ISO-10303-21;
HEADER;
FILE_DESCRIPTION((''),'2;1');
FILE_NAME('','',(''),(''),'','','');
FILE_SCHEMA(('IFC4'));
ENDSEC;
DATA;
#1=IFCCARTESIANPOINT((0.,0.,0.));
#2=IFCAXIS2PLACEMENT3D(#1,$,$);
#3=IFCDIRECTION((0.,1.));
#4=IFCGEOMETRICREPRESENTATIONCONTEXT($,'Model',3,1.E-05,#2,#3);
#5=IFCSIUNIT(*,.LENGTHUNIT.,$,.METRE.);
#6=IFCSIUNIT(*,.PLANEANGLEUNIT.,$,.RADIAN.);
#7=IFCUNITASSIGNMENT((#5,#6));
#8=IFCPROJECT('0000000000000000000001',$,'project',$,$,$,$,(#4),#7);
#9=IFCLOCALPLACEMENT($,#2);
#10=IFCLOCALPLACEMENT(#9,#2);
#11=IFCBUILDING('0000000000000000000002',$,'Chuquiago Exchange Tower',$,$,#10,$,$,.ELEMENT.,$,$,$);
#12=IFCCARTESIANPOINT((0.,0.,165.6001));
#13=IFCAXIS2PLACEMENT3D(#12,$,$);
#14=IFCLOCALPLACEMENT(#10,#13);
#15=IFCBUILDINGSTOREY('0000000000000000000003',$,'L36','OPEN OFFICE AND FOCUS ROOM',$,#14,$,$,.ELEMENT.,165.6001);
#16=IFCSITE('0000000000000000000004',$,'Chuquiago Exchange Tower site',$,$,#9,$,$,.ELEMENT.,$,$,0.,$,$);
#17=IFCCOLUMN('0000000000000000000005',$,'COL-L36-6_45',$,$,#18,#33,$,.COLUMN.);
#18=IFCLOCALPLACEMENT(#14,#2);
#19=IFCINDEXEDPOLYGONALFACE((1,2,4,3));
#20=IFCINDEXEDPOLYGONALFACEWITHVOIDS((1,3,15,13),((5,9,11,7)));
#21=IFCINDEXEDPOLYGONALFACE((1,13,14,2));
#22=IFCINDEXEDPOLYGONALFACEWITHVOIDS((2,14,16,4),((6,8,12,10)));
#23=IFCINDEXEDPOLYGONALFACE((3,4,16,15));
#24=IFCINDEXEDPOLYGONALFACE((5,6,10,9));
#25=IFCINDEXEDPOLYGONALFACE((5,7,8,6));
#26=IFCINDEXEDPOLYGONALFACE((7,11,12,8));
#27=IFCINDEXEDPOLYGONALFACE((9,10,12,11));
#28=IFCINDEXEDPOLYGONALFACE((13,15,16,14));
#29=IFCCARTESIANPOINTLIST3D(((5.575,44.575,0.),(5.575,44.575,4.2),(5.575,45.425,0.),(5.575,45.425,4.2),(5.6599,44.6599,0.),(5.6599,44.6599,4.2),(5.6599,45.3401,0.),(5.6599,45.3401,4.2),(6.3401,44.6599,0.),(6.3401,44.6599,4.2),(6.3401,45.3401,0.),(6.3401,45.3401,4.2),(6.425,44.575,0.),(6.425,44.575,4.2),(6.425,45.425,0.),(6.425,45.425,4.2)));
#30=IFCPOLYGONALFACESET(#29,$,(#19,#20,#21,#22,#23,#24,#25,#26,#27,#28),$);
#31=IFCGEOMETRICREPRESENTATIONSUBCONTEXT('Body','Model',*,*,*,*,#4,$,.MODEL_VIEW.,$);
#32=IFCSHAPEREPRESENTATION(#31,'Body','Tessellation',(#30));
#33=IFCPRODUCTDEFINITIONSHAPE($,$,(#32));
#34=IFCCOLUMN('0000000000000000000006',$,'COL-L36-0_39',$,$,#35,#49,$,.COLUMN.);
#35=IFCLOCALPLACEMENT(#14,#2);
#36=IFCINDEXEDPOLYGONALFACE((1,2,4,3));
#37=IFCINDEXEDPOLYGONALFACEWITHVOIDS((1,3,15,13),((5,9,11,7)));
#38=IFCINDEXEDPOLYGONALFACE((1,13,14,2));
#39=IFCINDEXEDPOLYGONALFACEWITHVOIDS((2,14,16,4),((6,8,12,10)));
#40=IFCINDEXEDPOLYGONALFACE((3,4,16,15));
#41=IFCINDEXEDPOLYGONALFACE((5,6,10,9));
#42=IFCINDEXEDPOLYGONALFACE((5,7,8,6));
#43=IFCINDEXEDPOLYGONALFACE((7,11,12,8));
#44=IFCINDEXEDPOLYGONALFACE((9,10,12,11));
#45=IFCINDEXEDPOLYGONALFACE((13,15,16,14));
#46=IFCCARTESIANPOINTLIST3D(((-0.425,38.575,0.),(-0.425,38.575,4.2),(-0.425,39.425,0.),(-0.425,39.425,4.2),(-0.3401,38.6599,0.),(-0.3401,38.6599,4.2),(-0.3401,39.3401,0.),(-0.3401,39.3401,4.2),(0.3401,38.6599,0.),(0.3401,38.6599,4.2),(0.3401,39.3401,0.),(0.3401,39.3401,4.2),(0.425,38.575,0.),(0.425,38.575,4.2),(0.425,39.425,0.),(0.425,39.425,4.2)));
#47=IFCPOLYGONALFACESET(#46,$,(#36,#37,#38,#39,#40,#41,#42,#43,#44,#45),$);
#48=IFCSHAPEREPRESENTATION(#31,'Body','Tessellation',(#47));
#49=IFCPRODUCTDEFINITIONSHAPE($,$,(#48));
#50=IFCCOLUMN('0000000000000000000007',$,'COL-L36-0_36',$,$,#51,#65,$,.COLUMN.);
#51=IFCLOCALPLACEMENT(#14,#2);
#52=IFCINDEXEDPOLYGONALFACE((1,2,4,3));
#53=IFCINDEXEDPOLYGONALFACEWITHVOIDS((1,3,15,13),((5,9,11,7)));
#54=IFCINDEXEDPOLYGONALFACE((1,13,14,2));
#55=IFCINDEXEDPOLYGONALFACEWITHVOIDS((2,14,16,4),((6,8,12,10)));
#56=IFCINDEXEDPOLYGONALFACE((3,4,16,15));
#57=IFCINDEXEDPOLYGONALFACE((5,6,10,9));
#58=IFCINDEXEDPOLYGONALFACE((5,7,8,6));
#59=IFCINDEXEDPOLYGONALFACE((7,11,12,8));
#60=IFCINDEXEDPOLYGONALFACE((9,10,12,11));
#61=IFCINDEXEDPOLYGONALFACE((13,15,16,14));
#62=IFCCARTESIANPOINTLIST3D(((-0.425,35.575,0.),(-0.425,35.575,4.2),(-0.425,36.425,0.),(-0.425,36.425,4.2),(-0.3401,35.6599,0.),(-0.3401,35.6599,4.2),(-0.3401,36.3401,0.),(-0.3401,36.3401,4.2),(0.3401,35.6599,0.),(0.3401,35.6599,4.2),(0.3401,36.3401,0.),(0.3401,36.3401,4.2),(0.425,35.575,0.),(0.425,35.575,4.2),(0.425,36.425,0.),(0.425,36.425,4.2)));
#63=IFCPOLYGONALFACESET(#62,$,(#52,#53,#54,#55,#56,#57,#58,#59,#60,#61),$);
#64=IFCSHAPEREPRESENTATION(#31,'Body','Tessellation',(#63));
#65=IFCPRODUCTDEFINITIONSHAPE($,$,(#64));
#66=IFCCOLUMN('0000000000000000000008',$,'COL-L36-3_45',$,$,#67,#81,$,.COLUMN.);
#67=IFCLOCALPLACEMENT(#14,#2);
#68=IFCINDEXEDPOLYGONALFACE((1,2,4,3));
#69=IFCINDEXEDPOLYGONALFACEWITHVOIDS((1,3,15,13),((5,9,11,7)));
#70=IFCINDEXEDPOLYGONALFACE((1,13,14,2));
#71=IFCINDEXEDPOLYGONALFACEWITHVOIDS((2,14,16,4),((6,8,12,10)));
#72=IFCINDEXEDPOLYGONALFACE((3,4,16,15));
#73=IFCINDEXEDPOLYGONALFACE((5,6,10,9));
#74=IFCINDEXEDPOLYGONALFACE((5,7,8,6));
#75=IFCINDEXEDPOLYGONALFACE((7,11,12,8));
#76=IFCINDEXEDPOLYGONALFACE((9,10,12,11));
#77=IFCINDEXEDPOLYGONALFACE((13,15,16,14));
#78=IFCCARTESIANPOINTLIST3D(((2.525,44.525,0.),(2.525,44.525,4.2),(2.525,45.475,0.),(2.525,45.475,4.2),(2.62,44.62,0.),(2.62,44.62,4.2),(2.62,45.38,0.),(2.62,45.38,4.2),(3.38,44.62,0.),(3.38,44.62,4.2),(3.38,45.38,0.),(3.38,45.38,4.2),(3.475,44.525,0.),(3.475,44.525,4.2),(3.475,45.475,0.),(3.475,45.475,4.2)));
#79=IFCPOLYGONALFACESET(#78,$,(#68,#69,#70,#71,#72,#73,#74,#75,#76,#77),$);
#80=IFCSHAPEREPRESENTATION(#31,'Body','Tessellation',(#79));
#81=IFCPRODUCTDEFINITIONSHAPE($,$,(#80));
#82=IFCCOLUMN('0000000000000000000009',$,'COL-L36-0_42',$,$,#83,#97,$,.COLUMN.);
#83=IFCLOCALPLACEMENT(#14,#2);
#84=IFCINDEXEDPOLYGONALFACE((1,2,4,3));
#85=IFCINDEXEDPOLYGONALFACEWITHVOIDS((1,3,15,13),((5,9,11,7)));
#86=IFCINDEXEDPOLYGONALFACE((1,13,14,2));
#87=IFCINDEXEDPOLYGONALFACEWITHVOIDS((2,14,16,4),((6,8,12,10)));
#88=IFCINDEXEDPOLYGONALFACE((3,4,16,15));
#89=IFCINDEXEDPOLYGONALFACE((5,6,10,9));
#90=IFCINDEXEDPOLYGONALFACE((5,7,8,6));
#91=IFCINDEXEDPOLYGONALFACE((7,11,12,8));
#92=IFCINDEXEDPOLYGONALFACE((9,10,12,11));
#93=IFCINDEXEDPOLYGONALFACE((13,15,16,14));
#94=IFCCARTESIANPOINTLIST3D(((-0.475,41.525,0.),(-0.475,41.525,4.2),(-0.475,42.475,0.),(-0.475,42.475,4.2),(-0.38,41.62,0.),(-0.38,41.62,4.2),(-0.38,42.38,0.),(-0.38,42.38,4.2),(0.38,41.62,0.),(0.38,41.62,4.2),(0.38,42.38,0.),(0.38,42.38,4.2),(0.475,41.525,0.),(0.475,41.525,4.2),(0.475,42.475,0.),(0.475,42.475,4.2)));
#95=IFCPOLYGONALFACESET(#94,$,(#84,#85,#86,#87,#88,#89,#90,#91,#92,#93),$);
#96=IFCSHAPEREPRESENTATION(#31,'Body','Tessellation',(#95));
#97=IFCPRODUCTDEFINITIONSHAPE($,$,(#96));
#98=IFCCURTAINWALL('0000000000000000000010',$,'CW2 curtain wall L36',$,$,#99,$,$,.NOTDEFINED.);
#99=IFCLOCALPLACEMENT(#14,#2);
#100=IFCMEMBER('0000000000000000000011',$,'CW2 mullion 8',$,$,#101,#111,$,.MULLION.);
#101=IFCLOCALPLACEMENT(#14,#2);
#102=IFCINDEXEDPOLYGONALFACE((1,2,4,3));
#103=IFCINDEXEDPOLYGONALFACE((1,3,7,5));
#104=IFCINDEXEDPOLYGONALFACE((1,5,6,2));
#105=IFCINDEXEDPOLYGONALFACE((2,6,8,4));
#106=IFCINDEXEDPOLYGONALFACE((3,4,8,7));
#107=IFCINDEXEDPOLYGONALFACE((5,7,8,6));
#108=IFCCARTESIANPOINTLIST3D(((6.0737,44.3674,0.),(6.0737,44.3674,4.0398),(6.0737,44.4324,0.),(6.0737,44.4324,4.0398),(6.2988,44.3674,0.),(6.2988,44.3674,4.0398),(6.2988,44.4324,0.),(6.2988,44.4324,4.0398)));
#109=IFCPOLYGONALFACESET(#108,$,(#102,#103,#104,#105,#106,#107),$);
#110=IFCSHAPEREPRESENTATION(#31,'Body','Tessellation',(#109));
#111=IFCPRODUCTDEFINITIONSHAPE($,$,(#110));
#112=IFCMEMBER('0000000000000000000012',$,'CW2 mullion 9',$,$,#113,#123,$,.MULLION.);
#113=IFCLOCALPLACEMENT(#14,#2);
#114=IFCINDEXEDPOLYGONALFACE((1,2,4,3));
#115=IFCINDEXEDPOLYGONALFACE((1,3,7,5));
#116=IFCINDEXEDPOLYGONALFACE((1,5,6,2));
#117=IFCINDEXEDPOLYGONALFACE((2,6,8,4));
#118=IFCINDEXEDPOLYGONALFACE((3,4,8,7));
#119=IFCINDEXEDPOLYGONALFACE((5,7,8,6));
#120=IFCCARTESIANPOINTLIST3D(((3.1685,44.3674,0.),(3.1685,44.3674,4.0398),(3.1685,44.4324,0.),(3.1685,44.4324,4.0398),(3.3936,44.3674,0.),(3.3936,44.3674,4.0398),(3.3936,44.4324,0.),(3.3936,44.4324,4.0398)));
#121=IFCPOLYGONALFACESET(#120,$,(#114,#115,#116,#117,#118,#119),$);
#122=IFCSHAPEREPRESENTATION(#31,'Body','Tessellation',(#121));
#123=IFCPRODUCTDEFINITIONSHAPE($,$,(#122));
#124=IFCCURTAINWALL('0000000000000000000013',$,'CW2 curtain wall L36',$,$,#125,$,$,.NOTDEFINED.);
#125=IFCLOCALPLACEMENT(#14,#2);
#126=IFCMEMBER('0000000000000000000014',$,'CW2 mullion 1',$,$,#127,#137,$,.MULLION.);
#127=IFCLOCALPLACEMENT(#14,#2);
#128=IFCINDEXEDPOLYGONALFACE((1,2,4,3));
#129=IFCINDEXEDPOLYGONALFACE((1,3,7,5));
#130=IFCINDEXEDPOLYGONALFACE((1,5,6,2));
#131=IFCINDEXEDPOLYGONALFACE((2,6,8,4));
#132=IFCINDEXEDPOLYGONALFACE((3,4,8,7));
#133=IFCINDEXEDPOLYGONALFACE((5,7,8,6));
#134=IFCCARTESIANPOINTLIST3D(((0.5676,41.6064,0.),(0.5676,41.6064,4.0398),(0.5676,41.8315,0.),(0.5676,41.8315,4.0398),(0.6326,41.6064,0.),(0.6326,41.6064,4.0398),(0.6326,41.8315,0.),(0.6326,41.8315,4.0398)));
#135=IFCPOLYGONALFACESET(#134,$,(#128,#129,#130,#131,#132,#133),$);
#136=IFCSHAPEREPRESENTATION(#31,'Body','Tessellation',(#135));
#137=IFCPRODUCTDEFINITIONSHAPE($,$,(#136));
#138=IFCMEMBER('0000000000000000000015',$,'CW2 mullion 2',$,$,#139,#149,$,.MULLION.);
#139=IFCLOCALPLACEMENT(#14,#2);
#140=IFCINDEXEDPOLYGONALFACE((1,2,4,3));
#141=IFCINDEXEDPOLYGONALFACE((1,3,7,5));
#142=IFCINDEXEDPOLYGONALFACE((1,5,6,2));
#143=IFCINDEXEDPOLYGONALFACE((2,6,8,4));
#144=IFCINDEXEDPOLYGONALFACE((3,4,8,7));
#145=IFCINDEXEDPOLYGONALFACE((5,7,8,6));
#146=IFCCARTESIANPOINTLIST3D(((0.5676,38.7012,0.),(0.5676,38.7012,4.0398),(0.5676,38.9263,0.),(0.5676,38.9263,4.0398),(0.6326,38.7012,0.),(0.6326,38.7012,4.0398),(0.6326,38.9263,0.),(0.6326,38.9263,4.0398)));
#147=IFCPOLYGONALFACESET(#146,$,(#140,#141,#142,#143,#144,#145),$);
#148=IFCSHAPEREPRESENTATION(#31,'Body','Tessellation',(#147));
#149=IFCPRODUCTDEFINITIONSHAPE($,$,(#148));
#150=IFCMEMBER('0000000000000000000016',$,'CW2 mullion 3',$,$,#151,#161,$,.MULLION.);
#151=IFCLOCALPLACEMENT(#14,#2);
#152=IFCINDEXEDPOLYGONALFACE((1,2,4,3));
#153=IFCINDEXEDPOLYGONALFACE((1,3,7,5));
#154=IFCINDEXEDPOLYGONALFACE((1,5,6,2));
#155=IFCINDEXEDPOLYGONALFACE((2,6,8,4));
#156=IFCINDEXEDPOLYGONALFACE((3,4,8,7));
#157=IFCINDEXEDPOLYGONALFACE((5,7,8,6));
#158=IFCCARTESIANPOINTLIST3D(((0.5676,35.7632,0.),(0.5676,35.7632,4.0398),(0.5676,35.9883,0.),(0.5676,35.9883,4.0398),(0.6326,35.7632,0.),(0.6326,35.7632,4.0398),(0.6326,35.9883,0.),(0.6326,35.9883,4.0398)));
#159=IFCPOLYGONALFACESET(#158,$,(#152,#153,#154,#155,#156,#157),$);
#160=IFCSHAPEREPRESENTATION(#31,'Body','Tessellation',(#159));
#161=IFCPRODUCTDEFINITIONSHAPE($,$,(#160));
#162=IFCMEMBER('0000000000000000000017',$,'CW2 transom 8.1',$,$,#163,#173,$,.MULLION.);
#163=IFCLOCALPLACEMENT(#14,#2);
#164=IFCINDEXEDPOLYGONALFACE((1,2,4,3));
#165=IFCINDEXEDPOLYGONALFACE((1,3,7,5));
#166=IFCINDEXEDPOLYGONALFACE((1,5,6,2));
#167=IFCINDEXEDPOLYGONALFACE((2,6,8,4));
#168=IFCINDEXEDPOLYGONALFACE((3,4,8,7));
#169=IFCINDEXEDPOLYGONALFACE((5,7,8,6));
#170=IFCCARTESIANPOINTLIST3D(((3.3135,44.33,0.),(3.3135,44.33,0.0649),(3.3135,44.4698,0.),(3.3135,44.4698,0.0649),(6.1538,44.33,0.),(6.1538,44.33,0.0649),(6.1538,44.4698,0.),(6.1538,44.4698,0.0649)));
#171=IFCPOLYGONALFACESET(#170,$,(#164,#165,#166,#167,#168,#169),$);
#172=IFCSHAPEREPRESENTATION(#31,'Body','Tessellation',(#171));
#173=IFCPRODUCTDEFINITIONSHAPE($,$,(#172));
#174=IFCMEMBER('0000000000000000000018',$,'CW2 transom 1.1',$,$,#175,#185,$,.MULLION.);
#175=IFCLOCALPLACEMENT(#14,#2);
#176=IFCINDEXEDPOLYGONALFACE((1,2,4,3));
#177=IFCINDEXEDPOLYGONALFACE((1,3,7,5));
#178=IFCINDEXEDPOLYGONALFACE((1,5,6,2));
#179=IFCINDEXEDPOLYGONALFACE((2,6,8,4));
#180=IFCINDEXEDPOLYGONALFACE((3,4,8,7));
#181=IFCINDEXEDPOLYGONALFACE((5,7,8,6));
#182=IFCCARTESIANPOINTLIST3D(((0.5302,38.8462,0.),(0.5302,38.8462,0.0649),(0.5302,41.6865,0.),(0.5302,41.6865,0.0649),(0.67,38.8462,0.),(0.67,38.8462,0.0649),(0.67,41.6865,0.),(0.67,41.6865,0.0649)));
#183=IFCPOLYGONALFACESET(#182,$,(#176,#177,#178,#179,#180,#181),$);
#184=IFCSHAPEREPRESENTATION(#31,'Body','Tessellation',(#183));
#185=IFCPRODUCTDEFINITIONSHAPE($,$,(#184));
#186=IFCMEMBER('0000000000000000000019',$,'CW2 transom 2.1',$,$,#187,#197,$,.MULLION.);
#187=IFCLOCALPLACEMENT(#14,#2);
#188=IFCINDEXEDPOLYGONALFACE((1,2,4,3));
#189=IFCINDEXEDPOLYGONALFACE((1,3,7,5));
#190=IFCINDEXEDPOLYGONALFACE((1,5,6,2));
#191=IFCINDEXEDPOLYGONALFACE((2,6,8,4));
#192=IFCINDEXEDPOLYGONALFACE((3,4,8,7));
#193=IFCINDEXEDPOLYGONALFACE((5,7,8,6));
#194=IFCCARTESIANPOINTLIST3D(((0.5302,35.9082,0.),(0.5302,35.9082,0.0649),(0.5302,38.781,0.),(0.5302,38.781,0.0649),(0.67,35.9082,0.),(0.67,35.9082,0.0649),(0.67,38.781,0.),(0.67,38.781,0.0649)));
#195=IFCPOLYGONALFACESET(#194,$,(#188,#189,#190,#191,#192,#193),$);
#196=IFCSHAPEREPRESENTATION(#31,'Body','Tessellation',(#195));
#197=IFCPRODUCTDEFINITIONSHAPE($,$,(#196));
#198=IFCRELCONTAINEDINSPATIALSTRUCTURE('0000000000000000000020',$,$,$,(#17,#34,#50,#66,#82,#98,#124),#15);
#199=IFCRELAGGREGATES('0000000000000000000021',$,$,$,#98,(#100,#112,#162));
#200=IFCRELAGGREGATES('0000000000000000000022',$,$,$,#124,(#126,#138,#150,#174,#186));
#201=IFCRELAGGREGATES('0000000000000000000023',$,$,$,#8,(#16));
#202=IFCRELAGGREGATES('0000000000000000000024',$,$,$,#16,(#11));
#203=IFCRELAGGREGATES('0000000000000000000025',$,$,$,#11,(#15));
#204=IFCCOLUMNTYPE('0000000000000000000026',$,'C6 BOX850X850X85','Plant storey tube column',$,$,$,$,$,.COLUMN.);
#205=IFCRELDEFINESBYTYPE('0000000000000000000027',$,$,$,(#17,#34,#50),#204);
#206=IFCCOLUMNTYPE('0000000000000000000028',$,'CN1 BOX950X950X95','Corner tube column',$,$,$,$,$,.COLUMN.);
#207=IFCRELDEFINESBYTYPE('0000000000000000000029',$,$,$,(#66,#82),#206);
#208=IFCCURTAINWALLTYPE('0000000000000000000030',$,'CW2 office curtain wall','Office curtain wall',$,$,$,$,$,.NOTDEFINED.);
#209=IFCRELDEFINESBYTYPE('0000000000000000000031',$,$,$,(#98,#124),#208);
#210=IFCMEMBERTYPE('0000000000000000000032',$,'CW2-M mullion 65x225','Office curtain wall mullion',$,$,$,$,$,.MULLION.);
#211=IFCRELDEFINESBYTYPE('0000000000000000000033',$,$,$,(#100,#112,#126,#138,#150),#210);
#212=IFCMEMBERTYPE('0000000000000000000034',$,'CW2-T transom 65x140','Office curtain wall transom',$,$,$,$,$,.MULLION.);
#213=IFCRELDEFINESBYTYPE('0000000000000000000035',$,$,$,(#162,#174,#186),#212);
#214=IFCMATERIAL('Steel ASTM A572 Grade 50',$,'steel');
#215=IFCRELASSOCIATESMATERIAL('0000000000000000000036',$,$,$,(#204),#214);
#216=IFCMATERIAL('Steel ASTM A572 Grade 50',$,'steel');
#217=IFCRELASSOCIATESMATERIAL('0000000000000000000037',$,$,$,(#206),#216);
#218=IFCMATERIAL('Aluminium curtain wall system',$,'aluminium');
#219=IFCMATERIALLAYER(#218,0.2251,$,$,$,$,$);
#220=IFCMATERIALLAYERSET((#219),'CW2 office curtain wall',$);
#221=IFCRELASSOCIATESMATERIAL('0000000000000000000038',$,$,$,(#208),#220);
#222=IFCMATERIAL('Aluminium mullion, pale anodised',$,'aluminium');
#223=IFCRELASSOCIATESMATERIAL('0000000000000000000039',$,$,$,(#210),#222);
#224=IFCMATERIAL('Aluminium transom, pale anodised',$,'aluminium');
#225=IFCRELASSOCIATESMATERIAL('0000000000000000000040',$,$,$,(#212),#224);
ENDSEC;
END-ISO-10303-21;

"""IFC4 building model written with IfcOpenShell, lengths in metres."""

from ifc_helpers import new_model, si_unit, direction, frame, origin, origin_2d, place, context, subcontext, project, spatial, rectangle, hollow_rectangle, extrude, material, layer, layer_set, material_profile, profile_set, type_object, element, aggregate, save


model = new_model("IFC4")

# Units and contexts
model_context = context("Model", 3, precision=1e-05, world=origin(), true_north=direction((0.0, 1.0)))
body_context = subcontext(model_context, "Body", "Model", "MODEL_VIEW")
ifc_project = project(units=[si_unit("LENGTHUNIT", "METRE"), si_unit("PLANEANGLEUNIT", "RADIAN")], contexts=[model_context])

# Site, building, storey
site_placement = place(None, origin())
site = spatial("IfcSite", under=ifc_project, at=site_placement, Name="Chuquiago Exchange Tower site", CompositionType="ELEMENT", RefElevation=0.0)
building_placement = place(site_placement, origin())
building = spatial("IfcBuilding", under=site, at=building_placement, Name="Chuquiago Exchange Tower", CompositionType="ELEMENT")
storey_placement = place(building_placement, frame((0.0, 0.0, 165.6001)))
storey = spatial("IfcBuildingStorey", under=building, at=storey_placement, Name="L36", Description="OPEN OFFICE AND FOCUS ROOM", CompositionType="ELEMENT", Elevation=165.6001)

# Columns
ifc_material_1 = material(Name="Steel ASTM A572 Grade 50", Category="steel")
ifc_material_profile_1 = material_profile(ifc_material_1, hollow_rectangle(XDim=0.8501, YDim=0.8501, WallThickness=0.085, at=origin_2d()), Name="BOX850X850X85")
ifc_profile_set_1 = profile_set([ifc_material_profile_1], Name="Steel ASTM A572 Grade 50")
column_type_1 = type_object("IfcColumnType", Name="C6 BOX850X850X85", Description="Plant storey tube column", PredefinedType="COLUMN", material=ifc_profile_set_1)
for number, where, z_axis, x_axis, name in (
    (1, (6.0, 45.0, 0.0), (0.0, 0.0, 1.0), (0.0, 1.0, 0.0), "COL-L36-6_45"),
    (2, (0.0, 39.0, 0.0), (0.0, 0.0, 1.0), (-1.0, 0.0, 0.0), "COL-L36-0_39"),
    (3, (0.0, 36.0, 0.0), (0.0, 0.0, 1.0), (-1.0, 0.0, 0.0), "COL-L36-0_36"),
):
    element("IfcColumn", number, at=place(storey_placement, frame(where, z_axis=z_axis, x_axis=x_axis)), inside=storey, type_object=column_type_1, Name=name, PredefinedType="COLUMN", context=body_context, shape_type="SweptSolid", body=[
        extrude(hollow_rectangle(XDim=0.8501, YDim=0.8501, WallThickness=0.085, at=origin_2d()), origin(), (0.0, 0.0, 1.0), 4.2),
    ])
ifc_material_2 = material(Name="Steel ASTM A572 Grade 50", Category="steel")
ifc_material_profile_2 = material_profile(ifc_material_2, hollow_rectangle(XDim=0.95, YDim=0.95, WallThickness=0.095, at=origin_2d()), Name="BOX950X950X95")
ifc_profile_set_2 = profile_set([ifc_material_profile_2], Name="Steel ASTM A572 Grade 50")
column_type_2 = type_object("IfcColumnType", Name="CN1 BOX950X950X95", Description="Corner tube column", PredefinedType="COLUMN", material=ifc_profile_set_2)
for number, where, z_axis, x_axis, name in (
    (4, (3.0, 45.0, 0.0), (0.0, 0.0, 1.0), (0.0, 1.0, 0.0), "COL-L36-3_45"),
    (5, (0.0, 42.0, 0.0), (0.0, 0.0, 1.0), (-1.0, 0.0, 0.0), "COL-L36-0_42"),
):
    element("IfcColumn", number, at=place(storey_placement, frame(where, z_axis=z_axis, x_axis=x_axis)), inside=storey, type_object=column_type_2, Name=name, PredefinedType="COLUMN", context=body_context, shape_type="SweptSolid", body=[
        extrude(hollow_rectangle(XDim=0.95, YDim=0.95, WallThickness=0.095, at=origin_2d()), origin(), (0.0, 0.0, 1.0), 4.2),
    ])

# Curtain walls, members
ifc_material_3 = material(Name="Aluminium curtain wall system", Category="aluminium")
ifc_layer_1 = layer(ifc_material_3, 0.2251)
ifc_layer_set_1 = layer_set([ifc_layer_1], Name="CW2 office curtain wall")
curtain_wall_type_1 = type_object("IfcCurtainWallType", Name="CW2 office curtain wall", Description="Office curtain wall", PredefinedType="NOTDEFINED", material=ifc_layer_set_1)
curtain_wall_1_placement = place(storey_placement, origin())
curtain_wall_1 = element("IfcCurtainWall", 6, at=curtain_wall_1_placement, inside=storey, type_object=curtain_wall_type_1, Name="CW2 curtain wall L36", PredefinedType="NOTDEFINED")
ifc_material_4 = material(Name="Aluminium mullion, pale anodised", Category="aluminium")
ifc_material_profile_3 = material_profile(ifc_material_4, rectangle(XDim=0.0649, YDim=0.2251, at=origin_2d()), Name="AL 65x225")
ifc_profile_set_3 = profile_set([ifc_material_profile_3], Name="Aluminium mullion, pale anodised")
member_type_1 = type_object("IfcMemberType", Name="CW2-M mullion 65x225", Description="Office curtain wall mullion", PredefinedType="MULLION", material=ifc_profile_set_3)
member_1_placement = place(storey_placement, frame((6.1863, 44.3999, 0.0), z_axis=(0.0, 0.0, 1.0), x_axis=(0.0, -1.0, 0.0)))
member_1 = element("IfcMember", 7, at=member_1_placement, type_object=member_type_1, Name="CW2 mullion 8", PredefinedType="MULLION", context=body_context, shape_type="SweptSolid", body=[
    extrude(rectangle(XDim=0.0649, YDim=0.2251, at=origin_2d()), origin(), (0.0, 0.0, 1.0), 4.0398),
])
member_2_placement = place(storey_placement, frame((3.281, 44.3999, 0.0), z_axis=(0.0, 0.0, 1.0), x_axis=(0.0, -1.0, 0.0)))
member_2 = element("IfcMember", 8, at=member_2_placement, type_object=member_type_1, Name="CW2 mullion 9", PredefinedType="MULLION", context=body_context, shape_type="SweptSolid", body=[
    extrude(rectangle(XDim=0.0649, YDim=0.2251, at=origin_2d()), origin(), (0.0, 0.0, 1.0), 4.0398),
])
curtain_wall_2_placement = place(storey_placement, origin())
curtain_wall_2 = element("IfcCurtainWall", 9, at=curtain_wall_2_placement, inside=storey, type_object=curtain_wall_type_1, Name="CW2 curtain wall L36", PredefinedType="NOTDEFINED")
member_3_placement = place(storey_placement, frame((0.6001, 41.719, 0.0), z_axis=(0.0, 0.0, 1.0), x_axis=(1.0, 0.0, 0.0)))
member_3 = element("IfcMember", 10, at=member_3_placement, type_object=member_type_1, Name="CW2 mullion 1", PredefinedType="MULLION", context=body_context, shape_type="SweptSolid", body=[
    extrude(rectangle(XDim=0.0649, YDim=0.2251, at=origin_2d()), origin(), (0.0, 0.0, 1.0), 4.0398),
])
member_4_placement = place(storey_placement, frame((0.6001, 38.8137, 0.0), z_axis=(0.0, 0.0, 1.0), x_axis=(1.0, 0.0, 0.0)))
member_4 = element("IfcMember", 11, at=member_4_placement, type_object=member_type_1, Name="CW2 mullion 2", PredefinedType="MULLION", context=body_context, shape_type="SweptSolid", body=[
    extrude(rectangle(XDim=0.0649, YDim=0.2251, at=origin_2d()), origin(), (0.0, 0.0, 1.0), 4.0398),
])
member_5_placement = place(storey_placement, frame((0.6001, 35.8757, 0.0), z_axis=(0.0, 0.0, 1.0), x_axis=(1.0, 0.0, 0.0)))
member_5 = element("IfcMember", 12, at=member_5_placement, type_object=member_type_1, Name="CW2 mullion 3", PredefinedType="MULLION", context=body_context, shape_type="SweptSolid", body=[
    extrude(rectangle(XDim=0.0649, YDim=0.2251, at=origin_2d()), origin(), (0.0, 0.0, 1.0), 4.0398),
])

# Members
ifc_material_5 = material(Name="Aluminium transom, pale anodised", Category="aluminium")
ifc_material_profile_4 = material_profile(ifc_material_5, rectangle(XDim=0.1399, YDim=0.0649, at=origin_2d()), Name="AL 140x65")
ifc_profile_set_4 = profile_set([ifc_material_profile_4], Name="Aluminium transom, pale anodised")
member_type_2 = type_object("IfcMemberType", Name="CW2-T transom 65x140", Description="Office curtain wall transom", PredefinedType="MULLION", material=ifc_profile_set_4)
member_6_placement = place(storey_placement, frame((6.1538, 44.3999, 0.0325), z_axis=(-1.0, 0.0, 0.0), x_axis=(0.0, -1.0, 0.0)))
member_6 = element("IfcMember", 13, at=member_6_placement, type_object=member_type_2, Name="CW2 transom 8.1", PredefinedType="MULLION", context=body_context, shape_type="SweptSolid", body=[
    extrude(rectangle(XDim=0.1399, YDim=0.0649, at=origin_2d()), origin(), (0.0, 0.0, 1.0), 2.8403),
])
member_7_placement = place(storey_placement, frame((0.6001, 41.6865, 0.0325), z_axis=(0.0, -1.0, 0.0), x_axis=(1.0, 0.0, 0.0)))
member_7 = element("IfcMember", 14, at=member_7_placement, type_object=member_type_2, Name="CW2 transom 1.1", PredefinedType="MULLION", context=body_context, shape_type="SweptSolid", body=[
    extrude(rectangle(XDim=0.1399, YDim=0.0649, at=origin_2d()), origin(), (0.0, 0.0, 1.0), 2.8403),
])
member_8_placement = place(storey_placement, frame((0.6001, 38.781, 0.0325), z_axis=(0.0, -1.0, 0.0), x_axis=(1.0, 0.0, 0.0)))
member_8 = element("IfcMember", 15, at=member_8_placement, type_object=member_type_2, Name="CW2 transom 2.1", PredefinedType="MULLION", context=body_context, shape_type="SweptSolid", body=[
    extrude(rectangle(XDim=0.1399, YDim=0.0649, at=origin_2d()), origin(), (0.0, 0.0, 1.0), 2.8728),
])

aggregate(curtain_wall_1, [member_1, member_2, member_6])
aggregate(curtain_wall_2, [member_3, member_4, member_5, member_7, member_8])

save(model, "model.ifc")
